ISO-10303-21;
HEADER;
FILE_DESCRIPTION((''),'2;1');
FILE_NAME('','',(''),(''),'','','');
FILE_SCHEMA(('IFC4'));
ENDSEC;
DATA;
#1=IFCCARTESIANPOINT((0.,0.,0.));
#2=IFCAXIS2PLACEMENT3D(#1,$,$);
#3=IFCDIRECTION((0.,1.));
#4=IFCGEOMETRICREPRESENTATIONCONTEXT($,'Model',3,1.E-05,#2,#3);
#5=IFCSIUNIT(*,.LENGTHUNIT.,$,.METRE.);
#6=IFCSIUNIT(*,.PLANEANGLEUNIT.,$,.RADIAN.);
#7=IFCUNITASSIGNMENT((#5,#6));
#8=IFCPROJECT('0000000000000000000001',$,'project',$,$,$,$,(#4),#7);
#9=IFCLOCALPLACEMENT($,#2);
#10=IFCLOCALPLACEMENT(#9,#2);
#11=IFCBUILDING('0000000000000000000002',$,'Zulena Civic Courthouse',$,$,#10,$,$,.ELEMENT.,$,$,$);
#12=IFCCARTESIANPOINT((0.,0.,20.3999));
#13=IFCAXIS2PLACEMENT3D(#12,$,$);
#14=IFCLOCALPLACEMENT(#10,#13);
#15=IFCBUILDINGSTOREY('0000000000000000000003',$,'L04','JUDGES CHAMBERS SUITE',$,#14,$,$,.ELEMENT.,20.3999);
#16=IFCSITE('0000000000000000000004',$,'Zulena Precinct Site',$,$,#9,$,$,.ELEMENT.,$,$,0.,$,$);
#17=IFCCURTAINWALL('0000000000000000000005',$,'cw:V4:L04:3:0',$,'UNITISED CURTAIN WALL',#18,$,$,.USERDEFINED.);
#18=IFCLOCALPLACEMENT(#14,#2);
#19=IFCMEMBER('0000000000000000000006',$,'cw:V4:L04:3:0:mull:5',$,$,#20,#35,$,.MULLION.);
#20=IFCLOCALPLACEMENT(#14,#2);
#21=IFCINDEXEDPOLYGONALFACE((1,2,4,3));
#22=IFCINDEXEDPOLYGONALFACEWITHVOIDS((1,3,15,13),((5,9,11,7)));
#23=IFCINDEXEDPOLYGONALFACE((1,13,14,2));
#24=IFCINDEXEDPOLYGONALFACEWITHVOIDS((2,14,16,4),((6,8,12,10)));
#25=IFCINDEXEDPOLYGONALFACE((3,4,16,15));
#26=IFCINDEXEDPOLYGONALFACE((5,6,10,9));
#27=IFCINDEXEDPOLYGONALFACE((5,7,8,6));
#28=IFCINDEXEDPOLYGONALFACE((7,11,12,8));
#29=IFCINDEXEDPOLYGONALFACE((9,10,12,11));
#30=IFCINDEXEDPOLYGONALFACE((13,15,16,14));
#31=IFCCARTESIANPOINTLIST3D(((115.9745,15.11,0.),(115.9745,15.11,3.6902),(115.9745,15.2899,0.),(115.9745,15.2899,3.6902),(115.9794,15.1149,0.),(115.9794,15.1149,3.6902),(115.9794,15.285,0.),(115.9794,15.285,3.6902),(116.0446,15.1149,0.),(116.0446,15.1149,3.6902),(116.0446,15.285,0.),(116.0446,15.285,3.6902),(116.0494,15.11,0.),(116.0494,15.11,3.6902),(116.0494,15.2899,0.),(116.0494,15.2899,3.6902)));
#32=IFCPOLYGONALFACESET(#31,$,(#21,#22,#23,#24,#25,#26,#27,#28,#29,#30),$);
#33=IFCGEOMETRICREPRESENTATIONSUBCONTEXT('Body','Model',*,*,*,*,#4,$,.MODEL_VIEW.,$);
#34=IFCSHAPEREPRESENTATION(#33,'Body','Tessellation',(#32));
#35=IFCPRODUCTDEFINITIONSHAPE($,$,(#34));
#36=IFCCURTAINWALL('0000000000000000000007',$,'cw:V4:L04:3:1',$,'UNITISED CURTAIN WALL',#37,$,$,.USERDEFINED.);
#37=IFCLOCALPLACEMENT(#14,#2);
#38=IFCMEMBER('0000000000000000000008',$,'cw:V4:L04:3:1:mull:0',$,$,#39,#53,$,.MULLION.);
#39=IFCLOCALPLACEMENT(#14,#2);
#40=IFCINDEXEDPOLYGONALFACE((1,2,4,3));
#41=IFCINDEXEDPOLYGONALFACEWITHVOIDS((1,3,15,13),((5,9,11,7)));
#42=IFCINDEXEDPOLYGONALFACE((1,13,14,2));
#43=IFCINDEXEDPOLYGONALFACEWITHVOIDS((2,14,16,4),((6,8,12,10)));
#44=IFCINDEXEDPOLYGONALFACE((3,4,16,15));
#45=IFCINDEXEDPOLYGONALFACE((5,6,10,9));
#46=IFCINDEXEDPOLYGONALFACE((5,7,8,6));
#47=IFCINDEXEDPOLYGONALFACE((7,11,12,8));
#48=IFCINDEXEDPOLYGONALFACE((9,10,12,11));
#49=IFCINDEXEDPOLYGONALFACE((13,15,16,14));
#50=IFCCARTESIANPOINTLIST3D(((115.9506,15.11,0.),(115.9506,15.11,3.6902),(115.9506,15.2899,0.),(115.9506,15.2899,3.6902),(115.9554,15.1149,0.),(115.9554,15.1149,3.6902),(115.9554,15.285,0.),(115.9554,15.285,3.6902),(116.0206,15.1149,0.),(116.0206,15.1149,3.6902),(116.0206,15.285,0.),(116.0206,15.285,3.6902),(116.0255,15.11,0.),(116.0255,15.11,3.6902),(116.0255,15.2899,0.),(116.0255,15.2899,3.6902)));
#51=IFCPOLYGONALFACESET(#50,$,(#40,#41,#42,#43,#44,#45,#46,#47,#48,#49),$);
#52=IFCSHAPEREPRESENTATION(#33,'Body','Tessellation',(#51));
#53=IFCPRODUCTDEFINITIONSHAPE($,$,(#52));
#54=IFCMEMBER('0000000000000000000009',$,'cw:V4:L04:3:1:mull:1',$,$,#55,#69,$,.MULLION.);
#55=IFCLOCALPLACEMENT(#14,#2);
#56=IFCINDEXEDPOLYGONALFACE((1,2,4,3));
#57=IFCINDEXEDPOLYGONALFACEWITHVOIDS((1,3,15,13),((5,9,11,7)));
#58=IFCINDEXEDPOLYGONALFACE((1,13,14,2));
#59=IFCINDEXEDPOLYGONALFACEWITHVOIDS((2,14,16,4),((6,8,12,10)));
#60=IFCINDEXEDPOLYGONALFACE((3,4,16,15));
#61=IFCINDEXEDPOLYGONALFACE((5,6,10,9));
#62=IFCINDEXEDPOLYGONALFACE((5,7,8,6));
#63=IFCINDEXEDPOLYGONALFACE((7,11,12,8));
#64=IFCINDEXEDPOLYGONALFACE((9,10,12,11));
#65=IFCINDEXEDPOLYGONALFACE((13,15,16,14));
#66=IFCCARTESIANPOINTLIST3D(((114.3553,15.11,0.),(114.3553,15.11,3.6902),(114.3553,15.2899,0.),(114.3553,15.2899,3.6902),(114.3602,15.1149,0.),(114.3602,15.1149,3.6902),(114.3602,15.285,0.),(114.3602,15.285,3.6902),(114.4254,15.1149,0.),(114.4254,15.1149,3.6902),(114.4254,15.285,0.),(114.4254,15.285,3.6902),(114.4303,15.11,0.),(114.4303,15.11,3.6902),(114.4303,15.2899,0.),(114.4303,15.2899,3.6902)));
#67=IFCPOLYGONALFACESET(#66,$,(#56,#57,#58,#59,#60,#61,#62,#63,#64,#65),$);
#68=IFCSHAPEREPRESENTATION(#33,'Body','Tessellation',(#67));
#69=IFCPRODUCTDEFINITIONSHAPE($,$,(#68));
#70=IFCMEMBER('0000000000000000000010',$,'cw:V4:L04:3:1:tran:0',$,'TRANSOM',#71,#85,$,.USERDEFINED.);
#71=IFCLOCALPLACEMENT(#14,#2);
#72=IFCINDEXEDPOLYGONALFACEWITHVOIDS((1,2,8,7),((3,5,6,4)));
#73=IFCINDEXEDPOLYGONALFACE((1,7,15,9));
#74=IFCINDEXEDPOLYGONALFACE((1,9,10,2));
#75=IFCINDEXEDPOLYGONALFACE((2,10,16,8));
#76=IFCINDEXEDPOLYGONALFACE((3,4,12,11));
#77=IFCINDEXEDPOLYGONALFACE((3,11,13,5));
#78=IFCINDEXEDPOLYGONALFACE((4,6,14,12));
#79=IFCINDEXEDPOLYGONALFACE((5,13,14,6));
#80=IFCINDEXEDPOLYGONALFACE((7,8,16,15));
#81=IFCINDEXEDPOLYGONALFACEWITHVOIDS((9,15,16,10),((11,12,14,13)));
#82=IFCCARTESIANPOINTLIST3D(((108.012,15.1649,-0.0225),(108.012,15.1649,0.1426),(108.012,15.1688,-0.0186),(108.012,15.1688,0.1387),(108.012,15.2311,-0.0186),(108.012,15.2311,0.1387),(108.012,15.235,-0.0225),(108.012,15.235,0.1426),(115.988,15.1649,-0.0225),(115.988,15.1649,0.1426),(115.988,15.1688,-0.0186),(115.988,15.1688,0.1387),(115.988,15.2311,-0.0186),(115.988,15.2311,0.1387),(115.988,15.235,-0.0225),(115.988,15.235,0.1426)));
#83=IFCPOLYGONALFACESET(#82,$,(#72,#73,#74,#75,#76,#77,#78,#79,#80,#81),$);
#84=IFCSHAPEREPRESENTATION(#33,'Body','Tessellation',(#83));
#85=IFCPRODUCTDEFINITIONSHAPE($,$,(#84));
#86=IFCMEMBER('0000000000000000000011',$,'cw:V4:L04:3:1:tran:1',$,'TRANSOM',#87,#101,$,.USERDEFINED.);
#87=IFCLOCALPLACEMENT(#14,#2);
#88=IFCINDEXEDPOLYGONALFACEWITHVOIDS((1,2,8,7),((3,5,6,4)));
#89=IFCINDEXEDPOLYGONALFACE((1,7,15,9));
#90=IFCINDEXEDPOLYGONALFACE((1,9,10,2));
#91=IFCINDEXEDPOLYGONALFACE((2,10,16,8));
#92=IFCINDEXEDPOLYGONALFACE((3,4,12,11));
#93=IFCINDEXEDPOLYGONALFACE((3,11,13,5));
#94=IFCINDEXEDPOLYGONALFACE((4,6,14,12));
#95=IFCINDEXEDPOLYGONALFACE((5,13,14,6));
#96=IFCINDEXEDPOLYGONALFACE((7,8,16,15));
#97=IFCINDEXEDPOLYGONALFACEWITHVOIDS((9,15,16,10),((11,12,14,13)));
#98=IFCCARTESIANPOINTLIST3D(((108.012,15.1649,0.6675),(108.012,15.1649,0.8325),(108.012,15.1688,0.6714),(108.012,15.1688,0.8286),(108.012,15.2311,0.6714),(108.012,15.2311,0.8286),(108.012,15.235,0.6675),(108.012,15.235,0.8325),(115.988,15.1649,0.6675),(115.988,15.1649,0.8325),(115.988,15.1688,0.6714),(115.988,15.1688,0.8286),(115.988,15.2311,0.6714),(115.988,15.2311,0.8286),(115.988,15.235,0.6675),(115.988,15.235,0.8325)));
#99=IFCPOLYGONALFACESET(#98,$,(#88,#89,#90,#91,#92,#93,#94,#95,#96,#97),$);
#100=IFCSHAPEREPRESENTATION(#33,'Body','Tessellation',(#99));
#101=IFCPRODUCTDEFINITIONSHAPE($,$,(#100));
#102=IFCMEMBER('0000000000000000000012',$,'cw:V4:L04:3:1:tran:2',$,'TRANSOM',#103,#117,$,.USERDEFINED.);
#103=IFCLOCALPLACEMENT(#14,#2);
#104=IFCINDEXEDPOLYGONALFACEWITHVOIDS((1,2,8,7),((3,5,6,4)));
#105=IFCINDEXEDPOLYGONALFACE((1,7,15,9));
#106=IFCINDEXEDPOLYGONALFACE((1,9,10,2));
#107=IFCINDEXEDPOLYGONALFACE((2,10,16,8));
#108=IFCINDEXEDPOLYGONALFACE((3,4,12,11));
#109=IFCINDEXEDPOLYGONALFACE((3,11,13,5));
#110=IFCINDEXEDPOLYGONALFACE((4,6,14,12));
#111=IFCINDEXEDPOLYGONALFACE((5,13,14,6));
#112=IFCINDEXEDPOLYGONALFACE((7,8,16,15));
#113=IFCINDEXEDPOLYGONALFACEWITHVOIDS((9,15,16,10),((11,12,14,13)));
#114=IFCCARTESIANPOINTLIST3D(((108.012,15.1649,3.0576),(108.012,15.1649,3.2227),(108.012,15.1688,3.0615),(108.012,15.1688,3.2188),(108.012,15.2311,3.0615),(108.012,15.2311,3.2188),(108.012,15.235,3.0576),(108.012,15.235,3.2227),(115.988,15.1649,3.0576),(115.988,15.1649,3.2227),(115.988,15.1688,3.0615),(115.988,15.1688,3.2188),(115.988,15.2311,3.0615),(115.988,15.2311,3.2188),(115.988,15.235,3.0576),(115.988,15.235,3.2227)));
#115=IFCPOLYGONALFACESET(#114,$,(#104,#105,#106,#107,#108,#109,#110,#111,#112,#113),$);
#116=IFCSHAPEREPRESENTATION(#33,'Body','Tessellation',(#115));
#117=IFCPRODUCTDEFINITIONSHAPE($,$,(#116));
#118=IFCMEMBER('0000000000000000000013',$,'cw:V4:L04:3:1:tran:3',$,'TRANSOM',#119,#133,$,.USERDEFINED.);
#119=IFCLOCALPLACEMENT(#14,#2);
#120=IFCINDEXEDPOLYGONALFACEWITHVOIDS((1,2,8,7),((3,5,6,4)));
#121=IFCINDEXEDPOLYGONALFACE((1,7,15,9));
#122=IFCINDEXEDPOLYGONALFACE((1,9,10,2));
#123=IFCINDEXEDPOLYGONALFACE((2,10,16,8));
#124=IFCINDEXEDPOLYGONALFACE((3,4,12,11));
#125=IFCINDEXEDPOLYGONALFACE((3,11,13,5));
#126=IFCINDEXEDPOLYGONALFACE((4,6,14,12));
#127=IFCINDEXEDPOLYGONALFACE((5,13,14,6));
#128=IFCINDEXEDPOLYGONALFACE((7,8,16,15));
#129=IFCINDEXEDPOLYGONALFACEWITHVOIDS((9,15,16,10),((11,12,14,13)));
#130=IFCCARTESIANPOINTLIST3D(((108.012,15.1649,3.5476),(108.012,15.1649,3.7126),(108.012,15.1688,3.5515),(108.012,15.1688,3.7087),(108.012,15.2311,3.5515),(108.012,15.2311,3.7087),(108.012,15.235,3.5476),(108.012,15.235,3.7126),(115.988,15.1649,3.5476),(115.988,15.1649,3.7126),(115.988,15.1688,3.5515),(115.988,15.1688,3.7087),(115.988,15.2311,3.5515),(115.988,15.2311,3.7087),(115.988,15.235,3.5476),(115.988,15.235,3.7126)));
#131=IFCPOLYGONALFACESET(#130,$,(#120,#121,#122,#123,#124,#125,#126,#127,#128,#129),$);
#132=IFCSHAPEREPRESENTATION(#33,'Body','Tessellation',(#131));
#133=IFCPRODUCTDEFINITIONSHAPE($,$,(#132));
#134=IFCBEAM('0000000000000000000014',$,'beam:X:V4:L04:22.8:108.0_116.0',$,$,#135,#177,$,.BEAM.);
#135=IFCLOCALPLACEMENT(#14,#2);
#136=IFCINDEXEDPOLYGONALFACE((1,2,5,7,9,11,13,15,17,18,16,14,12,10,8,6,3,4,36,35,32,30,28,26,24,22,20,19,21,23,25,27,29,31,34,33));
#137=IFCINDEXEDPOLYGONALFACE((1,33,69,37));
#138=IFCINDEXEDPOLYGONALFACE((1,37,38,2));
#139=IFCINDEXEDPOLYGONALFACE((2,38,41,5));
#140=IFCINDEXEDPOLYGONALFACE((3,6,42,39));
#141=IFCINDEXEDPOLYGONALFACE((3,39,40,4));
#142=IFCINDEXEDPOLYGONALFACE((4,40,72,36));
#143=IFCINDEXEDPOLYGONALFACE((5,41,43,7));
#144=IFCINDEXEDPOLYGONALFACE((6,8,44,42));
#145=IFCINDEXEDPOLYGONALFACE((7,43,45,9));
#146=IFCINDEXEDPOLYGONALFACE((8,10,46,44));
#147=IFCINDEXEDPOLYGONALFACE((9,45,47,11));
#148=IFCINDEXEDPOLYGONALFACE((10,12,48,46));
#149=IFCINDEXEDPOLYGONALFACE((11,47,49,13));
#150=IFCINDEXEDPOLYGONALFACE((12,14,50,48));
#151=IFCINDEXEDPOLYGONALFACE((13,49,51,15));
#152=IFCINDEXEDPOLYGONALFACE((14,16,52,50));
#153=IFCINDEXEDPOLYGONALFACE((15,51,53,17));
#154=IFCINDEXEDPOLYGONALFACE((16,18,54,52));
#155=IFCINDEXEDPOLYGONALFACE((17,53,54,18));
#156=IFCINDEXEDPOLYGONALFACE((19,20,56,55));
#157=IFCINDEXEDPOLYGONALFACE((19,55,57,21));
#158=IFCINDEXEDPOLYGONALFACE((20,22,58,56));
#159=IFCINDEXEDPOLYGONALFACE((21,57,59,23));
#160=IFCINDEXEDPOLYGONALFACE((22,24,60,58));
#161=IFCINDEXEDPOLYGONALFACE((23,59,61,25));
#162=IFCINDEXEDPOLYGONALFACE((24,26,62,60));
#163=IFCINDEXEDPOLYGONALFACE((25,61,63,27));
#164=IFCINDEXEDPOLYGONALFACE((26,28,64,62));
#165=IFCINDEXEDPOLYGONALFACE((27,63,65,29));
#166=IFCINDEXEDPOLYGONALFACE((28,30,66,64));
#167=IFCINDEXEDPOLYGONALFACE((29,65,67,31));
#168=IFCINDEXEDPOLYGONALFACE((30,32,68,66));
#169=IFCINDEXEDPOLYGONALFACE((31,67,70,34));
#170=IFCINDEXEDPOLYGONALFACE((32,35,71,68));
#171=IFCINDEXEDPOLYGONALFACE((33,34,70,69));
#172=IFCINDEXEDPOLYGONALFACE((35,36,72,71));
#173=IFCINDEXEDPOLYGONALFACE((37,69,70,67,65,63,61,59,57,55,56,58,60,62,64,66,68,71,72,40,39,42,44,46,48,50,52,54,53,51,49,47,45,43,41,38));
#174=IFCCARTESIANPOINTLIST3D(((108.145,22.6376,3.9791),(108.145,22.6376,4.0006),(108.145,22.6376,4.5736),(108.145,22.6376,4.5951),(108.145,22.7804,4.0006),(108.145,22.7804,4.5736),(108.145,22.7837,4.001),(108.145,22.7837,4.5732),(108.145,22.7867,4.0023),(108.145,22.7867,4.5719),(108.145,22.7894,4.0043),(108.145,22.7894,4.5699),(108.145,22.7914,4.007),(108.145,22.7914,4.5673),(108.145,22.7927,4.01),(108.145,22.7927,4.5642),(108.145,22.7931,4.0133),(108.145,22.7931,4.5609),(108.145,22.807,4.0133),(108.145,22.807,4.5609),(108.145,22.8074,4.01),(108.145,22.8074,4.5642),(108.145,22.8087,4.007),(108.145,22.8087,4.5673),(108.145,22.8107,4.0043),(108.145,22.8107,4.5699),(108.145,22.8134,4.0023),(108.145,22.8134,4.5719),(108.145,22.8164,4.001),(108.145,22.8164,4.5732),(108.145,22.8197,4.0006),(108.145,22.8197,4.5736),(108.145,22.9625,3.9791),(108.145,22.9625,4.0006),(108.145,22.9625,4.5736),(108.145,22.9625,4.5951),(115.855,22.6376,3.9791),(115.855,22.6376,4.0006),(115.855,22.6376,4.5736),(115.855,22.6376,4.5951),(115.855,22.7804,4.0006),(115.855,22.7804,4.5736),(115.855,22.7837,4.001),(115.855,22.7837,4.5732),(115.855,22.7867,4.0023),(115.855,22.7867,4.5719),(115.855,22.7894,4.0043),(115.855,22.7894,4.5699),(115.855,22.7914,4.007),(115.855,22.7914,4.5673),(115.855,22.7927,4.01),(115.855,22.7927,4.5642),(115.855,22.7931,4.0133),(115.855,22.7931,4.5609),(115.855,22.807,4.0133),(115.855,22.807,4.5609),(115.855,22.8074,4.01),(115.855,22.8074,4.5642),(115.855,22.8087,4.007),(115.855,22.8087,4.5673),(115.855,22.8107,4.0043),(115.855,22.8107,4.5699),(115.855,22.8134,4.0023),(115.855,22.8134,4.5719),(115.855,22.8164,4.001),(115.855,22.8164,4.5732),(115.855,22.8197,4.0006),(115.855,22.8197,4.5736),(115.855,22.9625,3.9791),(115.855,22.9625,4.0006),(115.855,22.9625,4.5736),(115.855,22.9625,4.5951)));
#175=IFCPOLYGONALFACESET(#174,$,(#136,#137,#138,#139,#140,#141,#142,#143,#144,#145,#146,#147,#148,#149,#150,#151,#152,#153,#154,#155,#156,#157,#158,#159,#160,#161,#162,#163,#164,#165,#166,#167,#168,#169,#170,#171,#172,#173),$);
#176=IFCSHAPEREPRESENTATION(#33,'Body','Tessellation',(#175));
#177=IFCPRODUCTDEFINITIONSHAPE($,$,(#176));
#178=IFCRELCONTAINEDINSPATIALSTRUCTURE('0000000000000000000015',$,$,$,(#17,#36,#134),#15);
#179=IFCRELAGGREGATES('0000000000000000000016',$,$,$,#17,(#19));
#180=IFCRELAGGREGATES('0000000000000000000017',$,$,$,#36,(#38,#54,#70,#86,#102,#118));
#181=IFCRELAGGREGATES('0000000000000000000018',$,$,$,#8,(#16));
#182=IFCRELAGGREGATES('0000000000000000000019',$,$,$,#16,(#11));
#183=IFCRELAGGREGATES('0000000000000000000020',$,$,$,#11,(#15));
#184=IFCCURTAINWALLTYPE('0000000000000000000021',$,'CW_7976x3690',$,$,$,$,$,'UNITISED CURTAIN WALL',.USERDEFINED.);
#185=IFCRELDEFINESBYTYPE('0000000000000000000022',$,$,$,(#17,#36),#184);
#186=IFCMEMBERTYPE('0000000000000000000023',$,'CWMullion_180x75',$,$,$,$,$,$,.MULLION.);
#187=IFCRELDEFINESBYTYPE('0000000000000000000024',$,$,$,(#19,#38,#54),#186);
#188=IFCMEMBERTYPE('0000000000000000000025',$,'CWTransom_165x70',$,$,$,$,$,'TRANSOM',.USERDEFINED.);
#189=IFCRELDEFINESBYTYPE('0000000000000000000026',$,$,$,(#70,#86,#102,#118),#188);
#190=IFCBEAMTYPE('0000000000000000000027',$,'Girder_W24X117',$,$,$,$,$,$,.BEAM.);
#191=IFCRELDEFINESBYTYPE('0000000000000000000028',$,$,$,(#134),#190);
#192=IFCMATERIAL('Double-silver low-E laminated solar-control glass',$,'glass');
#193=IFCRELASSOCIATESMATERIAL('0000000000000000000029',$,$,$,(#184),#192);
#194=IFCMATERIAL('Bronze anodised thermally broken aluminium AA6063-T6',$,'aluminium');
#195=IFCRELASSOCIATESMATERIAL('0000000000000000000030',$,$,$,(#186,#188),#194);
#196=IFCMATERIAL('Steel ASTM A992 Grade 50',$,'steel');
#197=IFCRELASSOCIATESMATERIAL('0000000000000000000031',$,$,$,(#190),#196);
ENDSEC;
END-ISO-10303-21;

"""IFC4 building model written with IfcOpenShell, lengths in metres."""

from ifc_helpers import new_model, si_unit, direction, frame, origin, origin_2d, place, context, subcontext, project, spatial, hollow_rectangle, i_section, extrude, material, material_profile, profile_set, type_object, element, aggregate, save


model = new_model("IFC4")

# Units and contexts
model_context = context("Model", 3, precision=1e-05, world=origin(), true_north=direction((0.0, 1.0)))
body_context = subcontext(model_context, "Body", "Model", "MODEL_VIEW")
ifc_project = project(units=[si_unit("LENGTHUNIT", "METRE"), si_unit("PLANEANGLEUNIT", "RADIAN")], contexts=[model_context])

# Site, building, storey
site_placement = place(None, origin())
site = spatial("IfcSite", under=ifc_project, at=site_placement, Name="Zulena Precinct Site", CompositionType="ELEMENT", RefElevation=0.0)
building_placement = place(site_placement, origin())
building = spatial("IfcBuilding", under=site, at=building_placement, Name="Zulena Civic Courthouse", CompositionType="ELEMENT")
storey_placement = place(building_placement, frame((0.0, 0.0, 20.3999)))
storey = spatial("IfcBuildingStorey", under=building, at=storey_placement, Name="L04", Description="JUDGES CHAMBERS SUITE", CompositionType="ELEMENT", Elevation=20.3999)

# Shared definitions
ifc_material_1 = material(Name="Steel ASTM A992 Grade 50", Category="steel")

# Curtain walls, members
ifc_material_2 = material(Name="Double-silver low-E laminated solar-control glass", Category="glass")
curtain_wall_type = type_object("IfcCurtainWallType", Name="CW_7976x3690", ElementType="UNITISED CURTAIN WALL", PredefinedType="USERDEFINED", material=ifc_material_2)
curtain_wall_1_placement = place(storey_placement, origin())
curtain_wall_1 = element("IfcCurtainWall", 1, at=curtain_wall_1_placement, inside=storey, type_object=curtain_wall_type, Name="cw:V4:L04:3:0", ObjectType="UNITISED CURTAIN WALL", PredefinedType="USERDEFINED")
ifc_material_3 = material(Name="Bronze anodised thermally broken aluminium AA6063-T6", Category="aluminium")
ifc_material_profile_1 = material_profile(ifc_material_3, hollow_rectangle(XDim=0.075, YDim=0.1799, WallThickness=0.0049, at=origin_2d()), Name="CWM180X75X5")
ifc_profile_set_1 = profile_set([ifc_material_profile_1], Name="Bronze anodised thermally broken aluminium AA6063-T6")
member_type_1 = type_object("IfcMemberType", Name="CWMullion_180x75", PredefinedType="MULLION", material=ifc_profile_set_1)
member_1_placement = place(storey_placement, frame((116.012, 15.2, 0.0), z_axis=(0.0, 0.0, 1.0), x_axis=(1.0, 0.0, 0.0)))
member_1 = element("IfcMember", 2, at=member_1_placement, type_object=member_type_1, Name="cw:V4:L04:3:0:mull:5", PredefinedType="MULLION", context=body_context, shape_type="SweptSolid", body=[
    extrude(hollow_rectangle(XDim=0.075, YDim=0.1799, WallThickness=0.0049, at=origin_2d()), origin(), (0.0, 0.0, 1.0), 3.6902),
])
curtain_wall_2_placement = place(storey_placement, origin())
curtain_wall_2 = element("IfcCurtainWall", 3, at=curtain_wall_2_placement, inside=storey, type_object=curtain_wall_type, Name="cw:V4:L04:3:1", ObjectType="UNITISED CURTAIN WALL", PredefinedType="USERDEFINED")
member_2_placement = place(storey_placement, frame((115.988, 15.2, 0.0), z_axis=(0.0, 0.0, 1.0), x_axis=(1.0, 0.0, 0.0)))
member_2 = element("IfcMember", 4, at=member_2_placement, type_object=member_type_1, Name="cw:V4:L04:3:1:mull:0", PredefinedType="MULLION", context=body_context, shape_type="SweptSolid", body=[
    extrude(hollow_rectangle(XDim=0.075, YDim=0.1799, WallThickness=0.0049, at=origin_2d()), origin(), (0.0, 0.0, 1.0), 3.6902),
])
member_3_placement = place(storey_placement, frame((114.3928, 15.2, 0.0), z_axis=(0.0, 0.0, 1.0), x_axis=(1.0, 0.0, 0.0)))
member_3 = element("IfcMember", 5, at=member_3_placement, type_object=member_type_1, Name="cw:V4:L04:3:1:mull:1", PredefinedType="MULLION", context=body_context, shape_type="SweptSolid", body=[
    extrude(hollow_rectangle(XDim=0.075, YDim=0.1799, WallThickness=0.0049, at=origin_2d()), origin(), (0.0, 0.0, 1.0), 3.6902),
])
ifc_material_profile_2 = material_profile(ifc_material_3, hollow_rectangle(XDim=0.0701, YDim=0.165, WallThickness=0.0039, at=origin_2d()), Name="CWT165X70X4")
ifc_profile_set_2 = profile_set([ifc_material_profile_2], Name="Bronze anodised thermally broken aluminium AA6063-T6")
member_type_2 = type_object("IfcMemberType", Name="CWTransom_165x70", ElementType="TRANSOM", PredefinedType="USERDEFINED", material=ifc_profile_set_2)
member_4_placement = place(storey_placement, frame((115.988, 15.2, 0.0601), z_axis=(-1.0, 0.0, 0.0), x_axis=(0.0, -1.0, 0.0)))
member_4 = element("IfcMember", 6, at=member_4_placement, type_object=member_type_2, Name="cw:V4:L04:3:1:tran:0", ObjectType="TRANSOM", PredefinedType="USERDEFINED", context=body_context, shape_type="SweptSolid", body=[
    extrude(hollow_rectangle(XDim=0.0701, YDim=0.165, WallThickness=0.0039, at=origin_2d()), origin(), (0.0, 0.0, 1.0), 7.9761),
])
member_5_placement = place(storey_placement, frame((115.988, 15.2, 0.75), z_axis=(-1.0, 0.0, 0.0), x_axis=(0.0, -1.0, 0.0)))
member_5 = element("IfcMember", 7, at=member_5_placement, type_object=member_type_2, Name="cw:V4:L04:3:1:tran:1", ObjectType="TRANSOM", PredefinedType="USERDEFINED", context=body_context, shape_type="SweptSolid", body=[
    extrude(hollow_rectangle(XDim=0.0701, YDim=0.165, WallThickness=0.0039, at=origin_2d()), origin(), (0.0, 0.0, 1.0), 7.9761),
])
member_6_placement = place(storey_placement, frame((115.988, 15.2, 3.1401), z_axis=(-1.0, 0.0, 0.0), x_axis=(0.0, -1.0, 0.0)))
member_6 = element("IfcMember", 8, at=member_6_placement, type_object=member_type_2, Name="cw:V4:L04:3:1:tran:2", ObjectType="TRANSOM", PredefinedType="USERDEFINED", context=body_context, shape_type="SweptSolid", body=[
    extrude(hollow_rectangle(XDim=0.0701, YDim=0.165, WallThickness=0.0039, at=origin_2d()), origin(), (0.0, 0.0, 1.0), 7.9761),
])
member_7_placement = place(storey_placement, frame((115.988, 15.2, 3.6301), z_axis=(-1.0, 0.0, 0.0), x_axis=(0.0, -1.0, 0.0)))
member_7 = element("IfcMember", 9, at=member_7_placement, type_object=member_type_2, Name="cw:V4:L04:3:1:tran:3", ObjectType="TRANSOM", PredefinedType="USERDEFINED", context=body_context, shape_type="SweptSolid", body=[
    extrude(hollow_rectangle(XDim=0.0701, YDim=0.165, WallThickness=0.0039, at=origin_2d()), origin(), (0.0, 0.0, 1.0), 7.9761),
])

# Beam
ifc_material_profile_3 = material_profile(ifc_material_1, i_section(OverallWidth=0.325, OverallDepth=0.616, WebThickness=0.0139, FlangeThickness=0.0215, FilletRadius=0.0127, at=origin_2d()), Name="W24X117")
ifc_profile_set_3 = profile_set([ifc_material_profile_3], Name="Steel ASTM A992 Grade 50")
beam_type_1 = type_object("IfcBeamType", Name="Girder_W24X117", PredefinedType="BEAM", material=ifc_profile_set_3)
beam_placement = place(storey_placement, frame((108.145, 22.8, 4.2871), z_axis=(1.0, 0.0, 0.0), x_axis=(0.0, 1.0, 0.0)))
element("IfcBeam", 10, at=beam_placement, inside=storey, type_object=beam_type_1, Name="beam:X:V4:L04:22.8:108.0_116.0", PredefinedType="BEAM", context=body_context, shape_type="SweptSolid", body=[
    extrude(i_section(OverallWidth=0.325, OverallDepth=0.616, WebThickness=0.0139, FlangeThickness=0.0215, FilletRadius=0.0127, at=origin_2d()), origin(), (0.0, 0.0, 1.0), 7.71),
])

aggregate(curtain_wall_1, [member_1])
aggregate(curtain_wall_2, [member_2, member_3, member_4, member_5, member_6, member_7])

save(model, "model.ifc")
